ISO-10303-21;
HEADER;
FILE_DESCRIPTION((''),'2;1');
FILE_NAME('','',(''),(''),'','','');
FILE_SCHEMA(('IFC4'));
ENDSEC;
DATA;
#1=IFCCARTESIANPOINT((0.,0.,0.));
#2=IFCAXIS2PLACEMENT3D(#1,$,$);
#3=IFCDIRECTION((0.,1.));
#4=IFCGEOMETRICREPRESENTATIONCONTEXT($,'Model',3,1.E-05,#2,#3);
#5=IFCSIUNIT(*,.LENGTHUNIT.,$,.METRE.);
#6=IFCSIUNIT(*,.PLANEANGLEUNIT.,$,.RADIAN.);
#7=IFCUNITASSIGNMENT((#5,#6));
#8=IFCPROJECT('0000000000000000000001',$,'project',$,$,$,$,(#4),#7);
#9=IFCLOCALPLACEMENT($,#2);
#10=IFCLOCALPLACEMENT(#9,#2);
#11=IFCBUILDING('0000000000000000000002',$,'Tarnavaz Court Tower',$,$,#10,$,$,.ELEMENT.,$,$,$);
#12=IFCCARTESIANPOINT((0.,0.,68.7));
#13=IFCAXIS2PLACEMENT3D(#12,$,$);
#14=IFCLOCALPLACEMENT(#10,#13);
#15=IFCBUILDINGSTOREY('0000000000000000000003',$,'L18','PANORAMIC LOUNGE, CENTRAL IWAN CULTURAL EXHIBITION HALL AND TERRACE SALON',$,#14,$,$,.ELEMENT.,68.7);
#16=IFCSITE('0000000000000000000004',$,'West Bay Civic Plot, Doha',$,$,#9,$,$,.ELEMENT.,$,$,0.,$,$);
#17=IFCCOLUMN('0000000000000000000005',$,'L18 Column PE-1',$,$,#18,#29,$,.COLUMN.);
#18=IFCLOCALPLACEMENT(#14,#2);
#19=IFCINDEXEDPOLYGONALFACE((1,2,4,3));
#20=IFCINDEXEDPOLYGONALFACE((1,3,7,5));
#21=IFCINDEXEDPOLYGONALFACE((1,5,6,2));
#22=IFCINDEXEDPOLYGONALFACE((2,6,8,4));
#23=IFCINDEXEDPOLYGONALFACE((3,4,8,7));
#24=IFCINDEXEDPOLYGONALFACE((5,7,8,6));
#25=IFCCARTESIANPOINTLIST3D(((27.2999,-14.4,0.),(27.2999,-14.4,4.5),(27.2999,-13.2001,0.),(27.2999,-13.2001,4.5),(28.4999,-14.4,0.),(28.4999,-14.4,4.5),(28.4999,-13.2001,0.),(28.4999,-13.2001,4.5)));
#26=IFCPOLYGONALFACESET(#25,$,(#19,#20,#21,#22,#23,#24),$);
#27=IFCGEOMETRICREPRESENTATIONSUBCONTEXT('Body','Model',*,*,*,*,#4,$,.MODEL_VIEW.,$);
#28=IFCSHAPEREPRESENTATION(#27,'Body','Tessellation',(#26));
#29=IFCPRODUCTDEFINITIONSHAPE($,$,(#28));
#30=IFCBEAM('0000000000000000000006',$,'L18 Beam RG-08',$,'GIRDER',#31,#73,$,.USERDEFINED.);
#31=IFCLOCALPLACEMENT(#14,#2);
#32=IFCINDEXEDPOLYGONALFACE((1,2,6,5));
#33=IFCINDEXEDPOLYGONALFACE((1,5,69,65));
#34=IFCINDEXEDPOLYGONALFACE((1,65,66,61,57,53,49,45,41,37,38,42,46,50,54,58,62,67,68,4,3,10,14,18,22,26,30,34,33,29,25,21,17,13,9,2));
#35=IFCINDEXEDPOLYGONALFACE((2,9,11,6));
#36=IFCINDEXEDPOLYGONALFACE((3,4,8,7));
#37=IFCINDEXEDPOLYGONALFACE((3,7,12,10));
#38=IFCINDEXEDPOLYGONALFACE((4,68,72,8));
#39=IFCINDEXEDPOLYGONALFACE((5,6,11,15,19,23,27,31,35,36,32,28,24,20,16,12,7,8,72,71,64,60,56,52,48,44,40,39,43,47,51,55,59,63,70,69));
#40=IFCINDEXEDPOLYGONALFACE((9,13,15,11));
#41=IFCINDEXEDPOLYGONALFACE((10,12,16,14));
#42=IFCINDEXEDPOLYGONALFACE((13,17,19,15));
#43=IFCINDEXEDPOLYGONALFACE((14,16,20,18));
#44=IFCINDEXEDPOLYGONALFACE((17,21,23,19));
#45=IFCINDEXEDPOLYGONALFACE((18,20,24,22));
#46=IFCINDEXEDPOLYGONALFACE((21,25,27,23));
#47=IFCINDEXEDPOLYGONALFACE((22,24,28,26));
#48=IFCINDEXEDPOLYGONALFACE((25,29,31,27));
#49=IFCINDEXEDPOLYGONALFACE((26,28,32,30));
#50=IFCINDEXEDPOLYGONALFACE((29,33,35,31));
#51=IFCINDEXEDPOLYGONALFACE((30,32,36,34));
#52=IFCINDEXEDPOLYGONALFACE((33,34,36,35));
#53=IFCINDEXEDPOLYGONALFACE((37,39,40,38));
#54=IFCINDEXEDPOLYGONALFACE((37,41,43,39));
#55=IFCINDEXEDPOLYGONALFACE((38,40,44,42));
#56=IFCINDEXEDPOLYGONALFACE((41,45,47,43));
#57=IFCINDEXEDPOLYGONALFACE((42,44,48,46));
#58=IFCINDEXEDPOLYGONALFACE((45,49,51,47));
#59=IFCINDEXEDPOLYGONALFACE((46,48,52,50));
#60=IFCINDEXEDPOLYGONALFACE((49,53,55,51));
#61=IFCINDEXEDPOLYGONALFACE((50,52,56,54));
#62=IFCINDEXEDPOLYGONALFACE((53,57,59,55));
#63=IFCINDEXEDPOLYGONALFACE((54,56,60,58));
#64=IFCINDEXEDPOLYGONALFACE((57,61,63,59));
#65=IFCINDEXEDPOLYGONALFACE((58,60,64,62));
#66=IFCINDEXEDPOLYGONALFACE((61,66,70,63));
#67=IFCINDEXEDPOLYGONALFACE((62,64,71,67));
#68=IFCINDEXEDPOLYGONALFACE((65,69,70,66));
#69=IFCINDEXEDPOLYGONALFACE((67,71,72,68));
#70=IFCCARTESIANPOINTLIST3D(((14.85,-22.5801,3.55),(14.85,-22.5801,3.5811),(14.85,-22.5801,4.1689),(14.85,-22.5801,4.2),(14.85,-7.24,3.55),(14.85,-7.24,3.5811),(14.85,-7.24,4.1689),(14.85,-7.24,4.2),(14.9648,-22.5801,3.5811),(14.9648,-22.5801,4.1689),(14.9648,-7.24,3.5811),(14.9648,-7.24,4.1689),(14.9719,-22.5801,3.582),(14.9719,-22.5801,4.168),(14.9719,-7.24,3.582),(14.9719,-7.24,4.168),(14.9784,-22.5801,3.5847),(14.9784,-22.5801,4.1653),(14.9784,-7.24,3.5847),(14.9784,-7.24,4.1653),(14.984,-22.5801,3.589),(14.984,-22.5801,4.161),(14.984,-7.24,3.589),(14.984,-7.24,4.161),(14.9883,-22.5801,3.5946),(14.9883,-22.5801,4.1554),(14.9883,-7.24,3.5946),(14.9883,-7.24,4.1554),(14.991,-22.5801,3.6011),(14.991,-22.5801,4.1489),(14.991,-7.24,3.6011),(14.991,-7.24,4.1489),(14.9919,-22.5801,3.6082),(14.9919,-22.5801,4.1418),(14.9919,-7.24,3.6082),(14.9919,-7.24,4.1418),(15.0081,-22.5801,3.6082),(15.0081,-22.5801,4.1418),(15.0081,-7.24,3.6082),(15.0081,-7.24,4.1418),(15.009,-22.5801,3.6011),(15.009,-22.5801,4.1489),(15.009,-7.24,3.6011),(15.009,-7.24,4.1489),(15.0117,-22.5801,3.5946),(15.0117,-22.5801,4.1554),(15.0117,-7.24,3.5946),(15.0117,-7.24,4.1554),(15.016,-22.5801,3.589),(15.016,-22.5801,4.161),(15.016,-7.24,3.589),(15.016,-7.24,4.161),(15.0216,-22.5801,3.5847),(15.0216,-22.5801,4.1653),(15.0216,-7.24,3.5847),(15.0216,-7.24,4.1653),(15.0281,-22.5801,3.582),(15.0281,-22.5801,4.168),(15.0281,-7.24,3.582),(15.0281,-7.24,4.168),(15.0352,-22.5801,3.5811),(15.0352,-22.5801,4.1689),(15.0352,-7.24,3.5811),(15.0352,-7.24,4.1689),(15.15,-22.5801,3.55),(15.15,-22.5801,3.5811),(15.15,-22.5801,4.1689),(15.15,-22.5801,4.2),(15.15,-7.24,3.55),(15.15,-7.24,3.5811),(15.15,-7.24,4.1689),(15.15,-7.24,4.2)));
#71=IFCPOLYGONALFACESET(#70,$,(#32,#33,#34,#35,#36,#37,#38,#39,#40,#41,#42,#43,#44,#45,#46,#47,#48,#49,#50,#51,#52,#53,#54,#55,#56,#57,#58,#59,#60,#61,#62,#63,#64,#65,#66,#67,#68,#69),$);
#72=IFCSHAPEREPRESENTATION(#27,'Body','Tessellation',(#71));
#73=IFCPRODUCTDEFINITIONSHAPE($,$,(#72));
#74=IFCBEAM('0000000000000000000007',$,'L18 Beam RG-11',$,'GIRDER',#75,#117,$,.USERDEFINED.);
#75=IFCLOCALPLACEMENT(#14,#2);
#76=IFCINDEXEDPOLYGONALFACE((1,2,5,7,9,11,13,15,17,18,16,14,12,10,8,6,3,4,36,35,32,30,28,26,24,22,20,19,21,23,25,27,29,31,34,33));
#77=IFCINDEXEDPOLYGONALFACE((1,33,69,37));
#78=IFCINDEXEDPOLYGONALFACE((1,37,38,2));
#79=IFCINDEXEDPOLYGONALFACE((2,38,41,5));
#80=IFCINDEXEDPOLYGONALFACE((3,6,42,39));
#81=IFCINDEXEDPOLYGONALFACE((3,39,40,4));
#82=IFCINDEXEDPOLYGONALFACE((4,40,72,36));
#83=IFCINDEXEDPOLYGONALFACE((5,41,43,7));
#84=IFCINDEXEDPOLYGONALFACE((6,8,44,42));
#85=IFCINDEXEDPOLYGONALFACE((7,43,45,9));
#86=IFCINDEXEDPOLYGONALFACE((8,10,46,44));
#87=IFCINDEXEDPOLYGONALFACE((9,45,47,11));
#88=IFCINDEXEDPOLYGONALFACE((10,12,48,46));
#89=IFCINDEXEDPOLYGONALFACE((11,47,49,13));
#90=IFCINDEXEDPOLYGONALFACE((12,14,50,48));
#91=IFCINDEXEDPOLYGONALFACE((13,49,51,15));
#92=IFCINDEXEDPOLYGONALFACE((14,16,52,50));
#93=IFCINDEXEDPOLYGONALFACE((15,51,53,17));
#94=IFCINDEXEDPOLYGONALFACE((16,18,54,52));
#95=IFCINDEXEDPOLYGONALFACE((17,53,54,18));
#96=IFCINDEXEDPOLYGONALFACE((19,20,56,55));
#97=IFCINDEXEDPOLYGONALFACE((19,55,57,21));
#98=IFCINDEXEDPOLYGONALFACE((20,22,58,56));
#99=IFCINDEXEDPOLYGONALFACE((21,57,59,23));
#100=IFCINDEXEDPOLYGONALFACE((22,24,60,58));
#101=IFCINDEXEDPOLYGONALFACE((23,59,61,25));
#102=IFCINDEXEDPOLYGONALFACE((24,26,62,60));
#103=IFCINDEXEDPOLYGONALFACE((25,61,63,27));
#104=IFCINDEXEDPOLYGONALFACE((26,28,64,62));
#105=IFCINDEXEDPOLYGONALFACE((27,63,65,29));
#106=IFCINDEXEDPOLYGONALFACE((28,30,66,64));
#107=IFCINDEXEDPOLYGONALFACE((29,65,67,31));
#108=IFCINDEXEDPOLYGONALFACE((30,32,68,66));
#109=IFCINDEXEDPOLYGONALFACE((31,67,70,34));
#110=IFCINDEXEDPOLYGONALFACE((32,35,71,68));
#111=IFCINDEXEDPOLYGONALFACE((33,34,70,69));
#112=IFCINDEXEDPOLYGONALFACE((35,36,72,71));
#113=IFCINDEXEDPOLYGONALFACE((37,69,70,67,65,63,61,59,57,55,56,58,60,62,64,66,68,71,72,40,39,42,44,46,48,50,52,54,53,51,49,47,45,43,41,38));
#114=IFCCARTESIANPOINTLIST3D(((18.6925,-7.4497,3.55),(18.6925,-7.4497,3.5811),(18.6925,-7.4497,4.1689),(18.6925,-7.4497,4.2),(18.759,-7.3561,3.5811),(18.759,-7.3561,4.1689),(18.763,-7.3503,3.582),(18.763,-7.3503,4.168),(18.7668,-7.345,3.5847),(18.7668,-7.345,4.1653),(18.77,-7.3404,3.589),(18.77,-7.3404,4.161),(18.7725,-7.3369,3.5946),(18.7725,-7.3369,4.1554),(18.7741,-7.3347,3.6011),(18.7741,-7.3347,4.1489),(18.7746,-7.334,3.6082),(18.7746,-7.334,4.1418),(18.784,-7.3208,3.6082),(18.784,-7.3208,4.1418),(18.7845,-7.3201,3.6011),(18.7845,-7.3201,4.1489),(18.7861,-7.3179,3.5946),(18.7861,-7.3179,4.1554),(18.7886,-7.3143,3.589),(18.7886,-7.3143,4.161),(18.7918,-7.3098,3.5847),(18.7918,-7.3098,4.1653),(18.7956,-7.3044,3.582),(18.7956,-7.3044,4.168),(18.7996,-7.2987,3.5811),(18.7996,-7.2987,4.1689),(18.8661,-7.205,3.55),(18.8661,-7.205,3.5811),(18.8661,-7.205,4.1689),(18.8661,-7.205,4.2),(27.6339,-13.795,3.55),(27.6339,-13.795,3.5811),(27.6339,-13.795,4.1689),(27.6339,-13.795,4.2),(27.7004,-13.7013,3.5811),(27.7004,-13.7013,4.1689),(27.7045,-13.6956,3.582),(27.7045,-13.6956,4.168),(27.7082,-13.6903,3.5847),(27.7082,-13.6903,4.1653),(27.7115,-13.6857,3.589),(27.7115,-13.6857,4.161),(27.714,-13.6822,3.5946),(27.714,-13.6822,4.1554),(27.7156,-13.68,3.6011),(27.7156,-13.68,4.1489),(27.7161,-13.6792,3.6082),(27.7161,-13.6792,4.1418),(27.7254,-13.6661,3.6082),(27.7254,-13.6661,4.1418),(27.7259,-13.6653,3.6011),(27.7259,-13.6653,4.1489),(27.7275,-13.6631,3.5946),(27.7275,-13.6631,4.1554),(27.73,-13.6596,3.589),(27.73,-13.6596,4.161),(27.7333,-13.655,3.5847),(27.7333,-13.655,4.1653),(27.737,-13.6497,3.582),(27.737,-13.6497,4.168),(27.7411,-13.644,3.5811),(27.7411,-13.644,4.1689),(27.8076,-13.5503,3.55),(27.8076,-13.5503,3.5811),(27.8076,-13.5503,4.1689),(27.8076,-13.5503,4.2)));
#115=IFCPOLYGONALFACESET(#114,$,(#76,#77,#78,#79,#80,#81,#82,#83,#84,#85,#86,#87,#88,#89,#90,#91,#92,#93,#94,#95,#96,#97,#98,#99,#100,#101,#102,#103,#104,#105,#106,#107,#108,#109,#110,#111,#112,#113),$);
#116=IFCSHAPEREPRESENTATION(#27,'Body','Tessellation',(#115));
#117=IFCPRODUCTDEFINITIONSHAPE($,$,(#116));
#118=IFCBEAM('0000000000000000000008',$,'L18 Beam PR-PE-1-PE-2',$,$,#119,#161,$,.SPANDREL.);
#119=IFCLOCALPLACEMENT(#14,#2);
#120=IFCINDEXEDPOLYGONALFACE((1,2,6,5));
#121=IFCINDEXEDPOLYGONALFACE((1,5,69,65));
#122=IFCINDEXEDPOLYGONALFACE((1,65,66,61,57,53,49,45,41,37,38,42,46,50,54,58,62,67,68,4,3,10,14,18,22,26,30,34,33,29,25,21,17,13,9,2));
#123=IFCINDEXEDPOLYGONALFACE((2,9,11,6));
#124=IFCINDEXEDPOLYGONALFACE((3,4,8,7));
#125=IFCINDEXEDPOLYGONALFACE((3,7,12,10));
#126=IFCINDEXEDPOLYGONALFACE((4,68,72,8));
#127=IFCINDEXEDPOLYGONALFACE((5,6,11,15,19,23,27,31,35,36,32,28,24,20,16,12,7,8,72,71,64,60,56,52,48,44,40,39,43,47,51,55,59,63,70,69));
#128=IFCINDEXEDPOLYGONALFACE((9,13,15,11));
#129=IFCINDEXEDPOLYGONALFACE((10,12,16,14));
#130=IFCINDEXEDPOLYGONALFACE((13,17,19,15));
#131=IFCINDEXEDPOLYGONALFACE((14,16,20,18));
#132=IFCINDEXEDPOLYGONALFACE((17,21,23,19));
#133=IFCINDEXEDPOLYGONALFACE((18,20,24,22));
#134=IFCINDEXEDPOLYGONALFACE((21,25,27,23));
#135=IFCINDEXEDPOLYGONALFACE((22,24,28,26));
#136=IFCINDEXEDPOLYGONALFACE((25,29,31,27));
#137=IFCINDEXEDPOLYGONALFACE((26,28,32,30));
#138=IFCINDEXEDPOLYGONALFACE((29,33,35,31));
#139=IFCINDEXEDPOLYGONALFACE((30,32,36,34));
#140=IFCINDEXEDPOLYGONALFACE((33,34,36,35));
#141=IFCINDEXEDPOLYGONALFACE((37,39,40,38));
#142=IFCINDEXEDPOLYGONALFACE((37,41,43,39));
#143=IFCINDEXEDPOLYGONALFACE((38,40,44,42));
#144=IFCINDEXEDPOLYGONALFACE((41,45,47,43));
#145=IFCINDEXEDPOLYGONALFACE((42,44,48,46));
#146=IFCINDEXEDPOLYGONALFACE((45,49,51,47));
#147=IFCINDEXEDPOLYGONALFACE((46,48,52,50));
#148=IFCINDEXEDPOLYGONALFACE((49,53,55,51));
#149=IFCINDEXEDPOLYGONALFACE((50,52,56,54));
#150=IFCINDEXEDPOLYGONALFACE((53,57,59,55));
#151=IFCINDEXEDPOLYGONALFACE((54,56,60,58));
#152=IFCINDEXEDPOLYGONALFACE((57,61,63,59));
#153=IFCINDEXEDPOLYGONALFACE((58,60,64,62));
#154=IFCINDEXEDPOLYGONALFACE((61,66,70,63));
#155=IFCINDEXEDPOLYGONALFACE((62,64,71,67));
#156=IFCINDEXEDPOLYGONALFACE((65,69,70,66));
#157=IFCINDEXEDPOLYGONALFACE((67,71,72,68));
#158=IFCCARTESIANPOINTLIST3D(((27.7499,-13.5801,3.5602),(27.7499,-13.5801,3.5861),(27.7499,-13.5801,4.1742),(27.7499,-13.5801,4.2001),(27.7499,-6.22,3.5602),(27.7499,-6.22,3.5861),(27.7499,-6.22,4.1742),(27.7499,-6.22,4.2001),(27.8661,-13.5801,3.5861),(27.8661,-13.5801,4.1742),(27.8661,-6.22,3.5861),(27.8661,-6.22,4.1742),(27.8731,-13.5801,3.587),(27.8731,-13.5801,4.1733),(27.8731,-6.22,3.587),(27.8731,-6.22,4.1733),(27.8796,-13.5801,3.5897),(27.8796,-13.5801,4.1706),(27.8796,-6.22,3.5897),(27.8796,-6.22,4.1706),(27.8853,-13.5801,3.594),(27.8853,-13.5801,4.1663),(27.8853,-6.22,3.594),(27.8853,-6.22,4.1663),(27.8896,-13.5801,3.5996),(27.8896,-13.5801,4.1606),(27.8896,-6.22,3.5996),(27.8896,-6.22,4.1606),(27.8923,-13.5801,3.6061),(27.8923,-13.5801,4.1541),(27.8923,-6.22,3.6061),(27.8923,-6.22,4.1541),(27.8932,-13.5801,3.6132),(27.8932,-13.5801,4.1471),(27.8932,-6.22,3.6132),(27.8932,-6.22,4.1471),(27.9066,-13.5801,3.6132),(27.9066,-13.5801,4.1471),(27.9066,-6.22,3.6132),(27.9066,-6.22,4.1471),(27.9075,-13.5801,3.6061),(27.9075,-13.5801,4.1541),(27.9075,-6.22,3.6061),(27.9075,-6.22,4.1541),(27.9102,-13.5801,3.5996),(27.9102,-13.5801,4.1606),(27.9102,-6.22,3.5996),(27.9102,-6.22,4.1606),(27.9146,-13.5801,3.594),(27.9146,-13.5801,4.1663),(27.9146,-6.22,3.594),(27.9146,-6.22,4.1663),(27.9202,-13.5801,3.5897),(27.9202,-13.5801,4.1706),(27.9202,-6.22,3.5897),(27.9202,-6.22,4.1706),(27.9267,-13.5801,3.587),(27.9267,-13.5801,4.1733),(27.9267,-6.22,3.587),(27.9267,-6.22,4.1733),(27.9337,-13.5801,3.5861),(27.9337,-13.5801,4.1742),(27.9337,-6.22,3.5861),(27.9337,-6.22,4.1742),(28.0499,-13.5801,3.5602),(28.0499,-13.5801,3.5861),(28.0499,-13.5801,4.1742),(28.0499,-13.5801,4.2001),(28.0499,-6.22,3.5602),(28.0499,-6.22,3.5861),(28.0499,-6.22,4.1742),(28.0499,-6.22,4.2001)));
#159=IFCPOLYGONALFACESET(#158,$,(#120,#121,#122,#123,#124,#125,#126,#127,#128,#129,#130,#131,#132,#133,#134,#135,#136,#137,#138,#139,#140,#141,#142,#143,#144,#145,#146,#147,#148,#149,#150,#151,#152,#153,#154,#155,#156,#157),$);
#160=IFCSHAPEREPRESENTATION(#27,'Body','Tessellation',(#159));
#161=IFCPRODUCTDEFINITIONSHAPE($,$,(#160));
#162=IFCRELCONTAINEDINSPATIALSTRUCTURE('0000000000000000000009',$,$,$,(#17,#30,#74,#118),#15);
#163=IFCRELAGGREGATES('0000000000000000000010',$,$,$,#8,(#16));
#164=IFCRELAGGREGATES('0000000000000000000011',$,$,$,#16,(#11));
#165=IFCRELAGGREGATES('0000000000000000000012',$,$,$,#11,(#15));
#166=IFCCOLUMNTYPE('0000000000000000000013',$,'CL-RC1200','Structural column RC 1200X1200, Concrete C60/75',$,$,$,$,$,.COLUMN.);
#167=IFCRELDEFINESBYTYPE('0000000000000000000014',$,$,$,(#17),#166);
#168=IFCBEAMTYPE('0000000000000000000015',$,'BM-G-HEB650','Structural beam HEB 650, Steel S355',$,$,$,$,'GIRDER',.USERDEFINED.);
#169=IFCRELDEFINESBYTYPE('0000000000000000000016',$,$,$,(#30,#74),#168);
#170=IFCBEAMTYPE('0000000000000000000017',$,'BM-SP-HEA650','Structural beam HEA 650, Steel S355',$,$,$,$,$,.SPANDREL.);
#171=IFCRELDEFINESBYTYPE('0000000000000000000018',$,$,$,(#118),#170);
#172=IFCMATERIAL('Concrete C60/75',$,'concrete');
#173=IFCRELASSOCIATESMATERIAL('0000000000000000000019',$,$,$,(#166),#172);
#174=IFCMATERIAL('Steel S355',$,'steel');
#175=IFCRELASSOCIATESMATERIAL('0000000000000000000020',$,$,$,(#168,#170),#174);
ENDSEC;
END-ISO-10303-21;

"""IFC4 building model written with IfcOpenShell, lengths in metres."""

from ifc_helpers import new_model, si_unit, direction, frame, origin, origin_2d, place, context, subcontext, project, spatial, rectangle, i_section, extrude, material, material_profile, profile_set, type_object, element, save


model = new_model("IFC4")

# Units and contexts
model_context = context("Model", 3, precision=1e-05, world=origin(), true_north=direction((0.0, 1.0)))
body_context = subcontext(model_context, "Body", "Model", "MODEL_VIEW")
ifc_project = project(units=[si_unit("LENGTHUNIT", "METRE"), si_unit("PLANEANGLEUNIT", "RADIAN")], contexts=[model_context])

# Site, building, storey
site_placement = place(None, origin())
site = spatial("IfcSite", under=ifc_project, at=site_placement, Name="West Bay Civic Plot, Doha", CompositionType="ELEMENT", RefElevation=0.0)
building_placement = place(site_placement, origin())
building = spatial("IfcBuilding", under=site, at=building_placement, Name="Tarnavaz Court Tower", CompositionType="ELEMENT")
storey_placement = place(building_placement, frame((0.0, 0.0, 68.7)))
storey = spatial("IfcBuildingStorey", under=building, at=storey_placement, Name="L18", Description="PANORAMIC LOUNGE, CENTRAL IWAN CULTURAL EXHIBITION HALL AND TERRACE SALON", CompositionType="ELEMENT", Elevation=68.7)

# Column
ifc_material_1 = material(Name="Concrete C60/75", Category="concrete")
ifc_material_profile_1 = material_profile(ifc_material_1, rectangle(XDim=1.2, YDim=1.2, at=origin_2d()), Name="RC 1200X1200")
ifc_profile_set_1 = profile_set([ifc_material_profile_1], Name="Concrete C60/75")
column_type = type_object("IfcColumnType", Name="CL-RC1200", Description="Structural column RC 1200X1200, Concrete C60/75", PredefinedType="COLUMN", material=ifc_profile_set_1)
column_placement = place(storey_placement, frame((27.8999, -13.8, 0.0), z_axis=(0.0, 0.0, 1.0), x_axis=(1.0, 0.0, 0.0)))
element("IfcColumn", 1, at=column_placement, inside=storey, type_object=column_type, Name="L18 Column PE-1", PredefinedType="COLUMN", context=body_context, shape_type="SweptSolid", body=[
    extrude(rectangle(XDim=1.2, YDim=1.2, at=origin_2d()), origin(), (0.0, 0.0, 1.0), 4.5),
])

# Beams
ifc_material_2 = material(Name="Steel S355", Category="steel")
ifc_material_profile_2 = material_profile(ifc_material_2, i_section(OverallWidth=0.3, OverallDepth=0.6499, WebThickness=0.0161, FlangeThickness=0.031, FilletRadius=0.0271, at=origin_2d()), Name="HEB 650")
ifc_profile_set_2 = profile_set([ifc_material_profile_2], Name="Steel S355")
beam_type_1 = type_object("IfcBeamType", Name="BM-G-HEB650", Description="Structural beam HEB 650, Steel S355", ElementType="GIRDER", PredefinedType="USERDEFINED", material=ifc_profile_set_2)
beam_1_placement = place(storey_placement, frame((15.0, -7.24, 3.875), z_axis=(0.0, -1.0, 0.0), x_axis=(1.0, 0.0, 0.0)))
element("IfcBeam", 2, at=beam_1_placement, inside=storey, type_object=beam_type_1, Name="L18 Beam RG-08", ObjectType="GIRDER", PredefinedType="USERDEFINED", context=body_context, shape_type="SweptSolid", body=[
    extrude(i_section(OverallWidth=0.3, OverallDepth=0.6499, WebThickness=0.0161, FlangeThickness=0.031, FilletRadius=0.0271, at=origin_2d()), origin(), (0.0, 0.0, 1.0), 15.3401),
])
beam_2_placement = place(storey_placement, frame((18.7793, -7.3274, 3.875), z_axis=(0.81552, -0.578729, 0.0), x_axis=(0.578729, 0.81552, 0.0)))
element("IfcBeam", 3, at=beam_2_placement, inside=storey, type_object=beam_type_1, Name="L18 Beam RG-11", ObjectType="GIRDER", PredefinedType="USERDEFINED", context=body_context, shape_type="SweptSolid", body=[
    extrude(i_section(OverallWidth=0.3, OverallDepth=0.6499, WebThickness=0.0161, FlangeThickness=0.031, FilletRadius=0.0271, at=origin_2d()), origin(), (0.0, 0.0, 1.0), 10.9641),
])
ifc_material_profile_3 = material_profile(ifc_material_2, i_section(OverallWidth=0.3, OverallDepth=0.6399, WebThickness=0.0134, FlangeThickness=0.0259, FilletRadius=0.0271, at=origin_2d()), Name="HEA 650")
ifc_profile_set_3 = profile_set([ifc_material_profile_3], Name="Steel S355")
beam_type_2 = type_object("IfcBeamType", Name="BM-SP-HEA650", Description="Structural beam HEA 650, Steel S355", PredefinedType="SPANDREL", material=ifc_profile_set_3)
beam_3_placement = place(storey_placement, frame((27.8999, -13.5801, 3.8801), z_axis=(0.0, 1.0, 0.0), x_axis=(-1.0, 0.0, 0.0)))
element("IfcBeam", 4, at=beam_3_placement, inside=storey, type_object=beam_type_2, Name="L18 Beam PR-PE-1-PE-2", PredefinedType="SPANDREL", context=body_context, shape_type="SweptSolid", body=[
    extrude(i_section(OverallWidth=0.3, OverallDepth=0.6399, WebThickness=0.0134, FlangeThickness=0.0259, FilletRadius=0.0271, at=origin_2d()), origin(), (0.0, 0.0, 1.0), 7.3601),
])

save(model, "model.ifc")
